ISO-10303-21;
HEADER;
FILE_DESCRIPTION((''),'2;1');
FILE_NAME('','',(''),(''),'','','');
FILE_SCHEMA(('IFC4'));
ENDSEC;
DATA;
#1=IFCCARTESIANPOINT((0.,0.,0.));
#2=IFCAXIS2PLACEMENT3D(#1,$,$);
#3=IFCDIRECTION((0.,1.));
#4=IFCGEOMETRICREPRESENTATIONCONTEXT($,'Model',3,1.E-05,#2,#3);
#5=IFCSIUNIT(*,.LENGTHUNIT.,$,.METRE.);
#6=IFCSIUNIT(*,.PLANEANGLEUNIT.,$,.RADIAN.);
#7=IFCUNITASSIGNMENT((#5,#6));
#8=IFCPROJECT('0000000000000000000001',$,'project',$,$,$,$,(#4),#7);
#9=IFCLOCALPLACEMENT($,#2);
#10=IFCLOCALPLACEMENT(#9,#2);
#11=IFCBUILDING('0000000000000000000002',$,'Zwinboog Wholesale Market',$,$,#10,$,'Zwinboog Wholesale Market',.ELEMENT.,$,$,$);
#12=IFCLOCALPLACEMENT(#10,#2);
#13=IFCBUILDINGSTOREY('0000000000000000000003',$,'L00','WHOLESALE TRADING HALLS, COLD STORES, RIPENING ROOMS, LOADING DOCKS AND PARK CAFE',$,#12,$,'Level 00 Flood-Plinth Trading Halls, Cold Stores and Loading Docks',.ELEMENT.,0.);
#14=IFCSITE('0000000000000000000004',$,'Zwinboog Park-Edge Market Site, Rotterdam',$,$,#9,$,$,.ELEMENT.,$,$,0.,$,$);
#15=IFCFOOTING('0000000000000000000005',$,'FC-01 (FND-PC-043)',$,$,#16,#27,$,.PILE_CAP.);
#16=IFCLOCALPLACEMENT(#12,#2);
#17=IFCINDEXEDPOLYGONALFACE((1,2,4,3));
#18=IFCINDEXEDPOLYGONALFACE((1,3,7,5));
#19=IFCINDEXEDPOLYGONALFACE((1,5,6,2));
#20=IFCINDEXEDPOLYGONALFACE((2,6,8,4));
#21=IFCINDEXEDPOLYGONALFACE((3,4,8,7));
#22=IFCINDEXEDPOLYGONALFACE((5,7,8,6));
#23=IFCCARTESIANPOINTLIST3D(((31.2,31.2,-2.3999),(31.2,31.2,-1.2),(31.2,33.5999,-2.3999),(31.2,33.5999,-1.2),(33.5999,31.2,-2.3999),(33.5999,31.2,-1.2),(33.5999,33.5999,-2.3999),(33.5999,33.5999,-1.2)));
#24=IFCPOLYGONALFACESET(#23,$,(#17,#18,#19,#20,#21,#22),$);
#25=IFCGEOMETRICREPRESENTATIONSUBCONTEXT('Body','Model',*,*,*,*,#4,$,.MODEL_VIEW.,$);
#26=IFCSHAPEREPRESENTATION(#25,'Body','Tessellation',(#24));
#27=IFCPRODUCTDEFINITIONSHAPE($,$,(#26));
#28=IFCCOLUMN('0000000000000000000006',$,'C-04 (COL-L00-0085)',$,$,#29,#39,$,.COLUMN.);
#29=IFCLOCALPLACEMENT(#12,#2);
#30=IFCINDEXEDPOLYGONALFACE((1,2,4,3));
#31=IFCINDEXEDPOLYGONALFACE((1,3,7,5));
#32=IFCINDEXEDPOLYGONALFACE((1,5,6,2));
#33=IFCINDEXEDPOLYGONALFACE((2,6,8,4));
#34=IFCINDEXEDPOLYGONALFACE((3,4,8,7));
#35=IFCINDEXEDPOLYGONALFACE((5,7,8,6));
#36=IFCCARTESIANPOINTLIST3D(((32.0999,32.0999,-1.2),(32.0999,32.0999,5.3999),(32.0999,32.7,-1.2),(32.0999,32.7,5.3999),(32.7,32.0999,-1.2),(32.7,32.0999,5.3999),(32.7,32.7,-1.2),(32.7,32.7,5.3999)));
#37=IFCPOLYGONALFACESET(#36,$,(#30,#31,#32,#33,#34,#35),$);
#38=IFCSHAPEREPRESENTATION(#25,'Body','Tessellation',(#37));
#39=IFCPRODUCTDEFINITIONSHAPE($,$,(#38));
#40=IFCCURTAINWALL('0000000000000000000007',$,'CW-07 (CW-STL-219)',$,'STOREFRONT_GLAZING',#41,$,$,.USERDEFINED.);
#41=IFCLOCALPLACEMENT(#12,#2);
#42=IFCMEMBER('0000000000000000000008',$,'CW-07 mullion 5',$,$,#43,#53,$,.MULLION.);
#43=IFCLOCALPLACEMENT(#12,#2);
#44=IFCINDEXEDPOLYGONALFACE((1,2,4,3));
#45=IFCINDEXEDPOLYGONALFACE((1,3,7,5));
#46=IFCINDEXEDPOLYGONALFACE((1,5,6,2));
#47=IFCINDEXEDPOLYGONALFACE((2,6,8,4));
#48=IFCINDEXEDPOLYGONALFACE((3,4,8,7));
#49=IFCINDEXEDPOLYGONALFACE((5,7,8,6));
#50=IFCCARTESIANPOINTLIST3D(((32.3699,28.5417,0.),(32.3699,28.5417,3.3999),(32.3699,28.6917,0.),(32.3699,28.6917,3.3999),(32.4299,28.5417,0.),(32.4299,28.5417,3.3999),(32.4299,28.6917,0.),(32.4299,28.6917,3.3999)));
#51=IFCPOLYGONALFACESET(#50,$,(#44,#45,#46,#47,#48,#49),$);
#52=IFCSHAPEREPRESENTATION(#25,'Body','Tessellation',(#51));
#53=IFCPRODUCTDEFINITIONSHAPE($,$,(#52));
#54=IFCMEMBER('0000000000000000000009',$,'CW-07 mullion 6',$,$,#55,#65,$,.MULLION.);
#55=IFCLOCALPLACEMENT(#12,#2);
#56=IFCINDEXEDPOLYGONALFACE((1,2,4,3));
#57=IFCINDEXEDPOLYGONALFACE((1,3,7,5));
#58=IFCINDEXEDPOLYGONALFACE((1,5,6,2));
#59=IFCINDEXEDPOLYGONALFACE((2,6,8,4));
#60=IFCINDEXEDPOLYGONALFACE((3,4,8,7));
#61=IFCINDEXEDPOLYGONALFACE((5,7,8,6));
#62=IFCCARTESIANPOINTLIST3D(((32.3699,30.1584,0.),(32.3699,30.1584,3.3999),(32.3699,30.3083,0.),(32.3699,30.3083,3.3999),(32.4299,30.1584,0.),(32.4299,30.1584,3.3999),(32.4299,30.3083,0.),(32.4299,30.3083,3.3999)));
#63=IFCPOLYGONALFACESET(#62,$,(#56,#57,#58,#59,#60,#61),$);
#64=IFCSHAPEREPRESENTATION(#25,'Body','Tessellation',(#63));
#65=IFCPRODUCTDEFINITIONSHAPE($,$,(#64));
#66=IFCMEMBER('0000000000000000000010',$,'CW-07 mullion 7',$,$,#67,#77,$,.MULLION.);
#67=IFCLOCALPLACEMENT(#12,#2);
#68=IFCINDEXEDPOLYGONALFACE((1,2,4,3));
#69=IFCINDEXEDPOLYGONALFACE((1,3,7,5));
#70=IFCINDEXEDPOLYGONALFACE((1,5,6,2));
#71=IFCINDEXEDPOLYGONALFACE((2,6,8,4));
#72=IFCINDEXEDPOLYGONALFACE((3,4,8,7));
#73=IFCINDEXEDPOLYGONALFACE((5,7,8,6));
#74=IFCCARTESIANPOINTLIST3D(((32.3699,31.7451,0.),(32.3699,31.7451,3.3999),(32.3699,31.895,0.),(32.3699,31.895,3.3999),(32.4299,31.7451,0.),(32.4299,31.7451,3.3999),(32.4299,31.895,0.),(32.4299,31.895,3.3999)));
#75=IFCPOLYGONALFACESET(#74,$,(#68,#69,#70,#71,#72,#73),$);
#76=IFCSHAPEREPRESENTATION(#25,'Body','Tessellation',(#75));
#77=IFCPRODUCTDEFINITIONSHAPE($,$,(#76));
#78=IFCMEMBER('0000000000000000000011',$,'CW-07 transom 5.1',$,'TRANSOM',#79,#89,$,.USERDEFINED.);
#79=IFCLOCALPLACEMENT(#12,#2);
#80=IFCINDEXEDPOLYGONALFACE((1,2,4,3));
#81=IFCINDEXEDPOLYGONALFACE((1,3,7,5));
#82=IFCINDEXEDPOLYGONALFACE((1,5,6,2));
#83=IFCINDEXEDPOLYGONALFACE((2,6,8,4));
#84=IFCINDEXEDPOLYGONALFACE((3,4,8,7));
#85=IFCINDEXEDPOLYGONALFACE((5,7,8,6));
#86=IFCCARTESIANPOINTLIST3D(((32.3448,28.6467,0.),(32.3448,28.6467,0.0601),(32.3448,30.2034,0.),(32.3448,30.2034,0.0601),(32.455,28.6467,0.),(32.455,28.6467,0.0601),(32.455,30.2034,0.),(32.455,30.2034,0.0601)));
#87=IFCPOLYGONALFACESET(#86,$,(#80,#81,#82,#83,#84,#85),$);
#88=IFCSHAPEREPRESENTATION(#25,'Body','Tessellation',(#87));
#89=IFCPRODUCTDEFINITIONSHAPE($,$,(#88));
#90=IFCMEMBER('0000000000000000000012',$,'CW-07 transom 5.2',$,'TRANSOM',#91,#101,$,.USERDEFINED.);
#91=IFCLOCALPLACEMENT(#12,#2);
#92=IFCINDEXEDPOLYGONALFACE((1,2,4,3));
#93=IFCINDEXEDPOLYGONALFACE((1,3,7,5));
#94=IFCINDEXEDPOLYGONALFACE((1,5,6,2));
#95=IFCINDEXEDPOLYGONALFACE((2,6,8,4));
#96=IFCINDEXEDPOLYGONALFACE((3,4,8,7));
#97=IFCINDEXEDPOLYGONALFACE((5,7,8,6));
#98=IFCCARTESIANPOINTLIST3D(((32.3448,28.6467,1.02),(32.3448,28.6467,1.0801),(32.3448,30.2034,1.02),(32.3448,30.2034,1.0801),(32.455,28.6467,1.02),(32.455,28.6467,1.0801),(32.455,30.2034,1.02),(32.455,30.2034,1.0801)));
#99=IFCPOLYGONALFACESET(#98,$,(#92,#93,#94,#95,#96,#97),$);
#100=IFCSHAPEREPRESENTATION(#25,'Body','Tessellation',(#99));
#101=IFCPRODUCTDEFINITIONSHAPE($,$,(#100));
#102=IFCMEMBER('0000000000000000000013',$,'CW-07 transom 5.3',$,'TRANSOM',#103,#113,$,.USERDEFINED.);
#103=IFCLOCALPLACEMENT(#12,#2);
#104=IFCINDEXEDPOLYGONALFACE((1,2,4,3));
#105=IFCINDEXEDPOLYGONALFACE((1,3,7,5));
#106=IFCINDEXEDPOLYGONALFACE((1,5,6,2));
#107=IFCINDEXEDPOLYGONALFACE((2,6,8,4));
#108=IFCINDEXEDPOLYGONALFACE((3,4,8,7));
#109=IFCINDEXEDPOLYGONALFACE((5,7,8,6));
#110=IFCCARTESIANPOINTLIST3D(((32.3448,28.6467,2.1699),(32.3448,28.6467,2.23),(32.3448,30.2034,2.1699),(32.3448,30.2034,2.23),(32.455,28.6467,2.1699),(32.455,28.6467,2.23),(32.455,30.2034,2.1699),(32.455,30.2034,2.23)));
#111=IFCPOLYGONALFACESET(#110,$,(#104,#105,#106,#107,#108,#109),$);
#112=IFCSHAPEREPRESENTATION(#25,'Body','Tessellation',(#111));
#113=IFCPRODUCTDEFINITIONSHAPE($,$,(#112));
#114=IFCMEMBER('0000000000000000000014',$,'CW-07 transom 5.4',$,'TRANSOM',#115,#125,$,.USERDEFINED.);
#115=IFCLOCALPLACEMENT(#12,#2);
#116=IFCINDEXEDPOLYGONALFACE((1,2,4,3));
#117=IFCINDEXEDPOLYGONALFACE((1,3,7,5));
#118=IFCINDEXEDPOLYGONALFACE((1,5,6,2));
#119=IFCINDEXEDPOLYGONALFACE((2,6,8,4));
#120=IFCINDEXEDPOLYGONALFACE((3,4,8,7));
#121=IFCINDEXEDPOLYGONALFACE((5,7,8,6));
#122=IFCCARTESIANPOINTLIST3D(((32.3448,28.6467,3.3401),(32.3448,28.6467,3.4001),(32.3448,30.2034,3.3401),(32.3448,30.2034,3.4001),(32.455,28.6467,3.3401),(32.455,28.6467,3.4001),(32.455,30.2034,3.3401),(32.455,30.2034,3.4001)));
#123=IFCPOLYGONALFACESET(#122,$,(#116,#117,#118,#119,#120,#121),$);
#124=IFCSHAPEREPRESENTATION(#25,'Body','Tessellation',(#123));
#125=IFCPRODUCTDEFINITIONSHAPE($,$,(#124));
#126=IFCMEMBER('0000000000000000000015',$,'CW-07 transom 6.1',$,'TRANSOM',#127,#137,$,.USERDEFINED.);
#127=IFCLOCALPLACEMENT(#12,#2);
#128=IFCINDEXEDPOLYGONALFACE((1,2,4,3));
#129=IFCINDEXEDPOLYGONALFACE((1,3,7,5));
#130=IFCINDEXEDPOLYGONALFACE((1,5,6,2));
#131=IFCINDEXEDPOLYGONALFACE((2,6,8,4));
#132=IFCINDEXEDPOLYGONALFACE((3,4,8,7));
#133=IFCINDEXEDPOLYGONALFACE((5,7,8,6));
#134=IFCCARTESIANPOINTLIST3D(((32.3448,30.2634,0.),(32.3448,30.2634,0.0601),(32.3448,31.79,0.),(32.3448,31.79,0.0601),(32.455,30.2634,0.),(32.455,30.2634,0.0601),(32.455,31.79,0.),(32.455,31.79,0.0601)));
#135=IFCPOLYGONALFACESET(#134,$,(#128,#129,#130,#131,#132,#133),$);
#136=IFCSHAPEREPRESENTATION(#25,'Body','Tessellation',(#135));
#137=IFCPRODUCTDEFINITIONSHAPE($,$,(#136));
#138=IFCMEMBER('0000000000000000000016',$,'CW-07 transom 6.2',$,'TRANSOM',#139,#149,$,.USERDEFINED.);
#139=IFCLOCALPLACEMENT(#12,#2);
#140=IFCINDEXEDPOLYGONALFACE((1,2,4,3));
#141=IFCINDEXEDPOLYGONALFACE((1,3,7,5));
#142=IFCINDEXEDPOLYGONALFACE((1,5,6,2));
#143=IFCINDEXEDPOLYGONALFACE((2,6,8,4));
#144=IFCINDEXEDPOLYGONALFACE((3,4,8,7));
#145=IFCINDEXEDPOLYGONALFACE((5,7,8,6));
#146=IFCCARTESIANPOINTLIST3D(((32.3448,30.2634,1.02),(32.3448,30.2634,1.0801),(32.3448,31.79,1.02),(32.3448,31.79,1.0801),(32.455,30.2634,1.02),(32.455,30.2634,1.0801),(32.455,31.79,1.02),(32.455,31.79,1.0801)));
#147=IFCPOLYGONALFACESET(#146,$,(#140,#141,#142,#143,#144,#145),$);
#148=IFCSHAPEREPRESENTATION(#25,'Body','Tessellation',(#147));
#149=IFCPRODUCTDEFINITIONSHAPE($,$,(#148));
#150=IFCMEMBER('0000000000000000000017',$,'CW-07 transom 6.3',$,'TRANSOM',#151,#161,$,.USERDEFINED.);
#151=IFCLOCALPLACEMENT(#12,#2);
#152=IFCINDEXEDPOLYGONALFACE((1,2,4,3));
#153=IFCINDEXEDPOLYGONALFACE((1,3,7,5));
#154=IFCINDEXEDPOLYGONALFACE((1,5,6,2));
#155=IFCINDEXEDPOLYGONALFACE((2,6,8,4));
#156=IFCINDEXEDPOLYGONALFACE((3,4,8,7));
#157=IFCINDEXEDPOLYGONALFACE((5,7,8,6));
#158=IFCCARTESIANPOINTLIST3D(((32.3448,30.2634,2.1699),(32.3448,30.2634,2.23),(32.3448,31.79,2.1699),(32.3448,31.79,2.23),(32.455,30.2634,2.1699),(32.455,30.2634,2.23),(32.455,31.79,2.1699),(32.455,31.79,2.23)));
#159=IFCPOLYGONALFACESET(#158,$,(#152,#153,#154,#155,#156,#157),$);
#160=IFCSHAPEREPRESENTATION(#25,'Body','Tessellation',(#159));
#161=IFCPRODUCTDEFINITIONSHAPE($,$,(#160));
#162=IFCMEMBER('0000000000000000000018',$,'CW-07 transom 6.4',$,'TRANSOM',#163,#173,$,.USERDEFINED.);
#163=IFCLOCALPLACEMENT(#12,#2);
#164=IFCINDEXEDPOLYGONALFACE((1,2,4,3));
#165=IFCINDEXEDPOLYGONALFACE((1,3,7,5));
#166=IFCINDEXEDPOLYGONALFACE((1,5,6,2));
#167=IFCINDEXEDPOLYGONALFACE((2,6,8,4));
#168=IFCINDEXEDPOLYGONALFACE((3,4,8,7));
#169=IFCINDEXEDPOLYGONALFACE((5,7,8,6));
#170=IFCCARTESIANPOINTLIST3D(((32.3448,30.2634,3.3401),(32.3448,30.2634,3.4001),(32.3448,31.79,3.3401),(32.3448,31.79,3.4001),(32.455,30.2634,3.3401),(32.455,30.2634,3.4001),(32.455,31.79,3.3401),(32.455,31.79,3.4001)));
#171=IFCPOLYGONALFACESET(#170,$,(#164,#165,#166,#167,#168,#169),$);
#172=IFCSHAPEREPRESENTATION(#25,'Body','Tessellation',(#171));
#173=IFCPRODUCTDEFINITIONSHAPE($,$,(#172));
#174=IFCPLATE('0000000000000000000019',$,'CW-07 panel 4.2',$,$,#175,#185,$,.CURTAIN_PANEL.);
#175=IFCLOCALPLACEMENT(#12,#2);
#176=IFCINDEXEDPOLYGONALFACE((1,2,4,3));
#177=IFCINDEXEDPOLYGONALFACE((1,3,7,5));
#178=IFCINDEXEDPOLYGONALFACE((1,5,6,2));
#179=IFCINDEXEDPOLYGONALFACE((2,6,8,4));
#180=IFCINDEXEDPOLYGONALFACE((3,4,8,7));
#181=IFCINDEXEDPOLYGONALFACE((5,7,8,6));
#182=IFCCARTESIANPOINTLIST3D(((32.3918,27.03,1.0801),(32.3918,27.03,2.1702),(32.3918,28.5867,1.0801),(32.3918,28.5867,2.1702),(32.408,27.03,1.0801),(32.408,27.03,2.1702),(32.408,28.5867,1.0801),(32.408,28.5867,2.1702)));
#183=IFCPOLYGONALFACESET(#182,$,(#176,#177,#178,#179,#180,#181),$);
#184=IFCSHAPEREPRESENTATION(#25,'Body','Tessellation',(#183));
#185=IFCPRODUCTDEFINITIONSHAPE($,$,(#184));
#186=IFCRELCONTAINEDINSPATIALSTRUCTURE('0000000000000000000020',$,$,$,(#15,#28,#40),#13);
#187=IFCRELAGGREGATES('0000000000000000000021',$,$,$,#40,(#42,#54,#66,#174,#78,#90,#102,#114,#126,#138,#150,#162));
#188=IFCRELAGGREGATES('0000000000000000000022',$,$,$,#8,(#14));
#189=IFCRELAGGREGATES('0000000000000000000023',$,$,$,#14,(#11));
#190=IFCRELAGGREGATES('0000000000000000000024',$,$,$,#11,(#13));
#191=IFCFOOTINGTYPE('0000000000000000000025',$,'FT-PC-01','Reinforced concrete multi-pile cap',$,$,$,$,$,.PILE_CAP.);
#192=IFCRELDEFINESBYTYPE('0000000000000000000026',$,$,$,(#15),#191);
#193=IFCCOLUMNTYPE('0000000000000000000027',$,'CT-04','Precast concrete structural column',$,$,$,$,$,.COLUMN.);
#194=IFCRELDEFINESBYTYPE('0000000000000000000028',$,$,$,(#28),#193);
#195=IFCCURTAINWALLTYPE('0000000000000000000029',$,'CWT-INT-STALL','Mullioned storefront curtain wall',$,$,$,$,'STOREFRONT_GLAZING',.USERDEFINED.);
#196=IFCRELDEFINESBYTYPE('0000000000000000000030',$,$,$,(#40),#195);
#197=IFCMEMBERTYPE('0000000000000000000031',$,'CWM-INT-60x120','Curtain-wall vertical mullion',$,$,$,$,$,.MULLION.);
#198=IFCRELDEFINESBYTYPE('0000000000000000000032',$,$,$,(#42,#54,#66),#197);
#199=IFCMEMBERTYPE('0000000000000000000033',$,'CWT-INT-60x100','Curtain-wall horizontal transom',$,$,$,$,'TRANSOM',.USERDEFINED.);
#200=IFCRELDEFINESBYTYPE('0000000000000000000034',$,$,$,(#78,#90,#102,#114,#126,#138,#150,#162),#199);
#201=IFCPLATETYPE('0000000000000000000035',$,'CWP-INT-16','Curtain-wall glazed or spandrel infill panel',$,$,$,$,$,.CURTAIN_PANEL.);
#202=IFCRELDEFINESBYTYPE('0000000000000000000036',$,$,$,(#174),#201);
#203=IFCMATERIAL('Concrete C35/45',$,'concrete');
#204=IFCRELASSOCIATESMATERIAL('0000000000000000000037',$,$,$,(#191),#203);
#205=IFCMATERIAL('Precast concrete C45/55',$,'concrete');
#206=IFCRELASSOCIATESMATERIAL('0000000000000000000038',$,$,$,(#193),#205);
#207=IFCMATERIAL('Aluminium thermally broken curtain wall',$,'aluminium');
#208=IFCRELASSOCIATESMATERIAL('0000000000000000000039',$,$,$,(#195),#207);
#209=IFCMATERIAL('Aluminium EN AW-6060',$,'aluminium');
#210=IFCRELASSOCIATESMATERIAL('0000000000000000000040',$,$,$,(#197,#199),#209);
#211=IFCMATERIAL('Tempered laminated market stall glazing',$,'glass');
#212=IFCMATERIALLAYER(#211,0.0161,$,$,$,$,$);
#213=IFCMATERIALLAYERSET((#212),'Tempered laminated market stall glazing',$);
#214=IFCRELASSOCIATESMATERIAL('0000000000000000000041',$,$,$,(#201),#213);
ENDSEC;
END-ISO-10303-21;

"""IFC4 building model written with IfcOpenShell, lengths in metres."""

from ifc_helpers import new_model, si_unit, direction, frame, origin, origin_2d, place, context, subcontext, project, spatial, rectangle, extrude, material, layer, layer_set, material_profile, profile_set, type_object, element, aggregate, save


model = new_model("IFC4")

# Units and contexts
model_context = context("Model", 3, precision=1e-05, world=origin(), true_north=direction((0.0, 1.0)))
body_context = subcontext(model_context, "Body", "Model", "MODEL_VIEW")
ifc_project = project(units=[si_unit("LENGTHUNIT", "METRE"), si_unit("PLANEANGLEUNIT", "RADIAN")], contexts=[model_context])

# Site, building, storey
site_placement = place(None, origin())
site = spatial("IfcSite", under=ifc_project, at=site_placement, Name="Zwinboog Park-Edge Market Site, Rotterdam", CompositionType="ELEMENT", RefElevation=0.0)
building_placement = place(site_placement, origin())
building = spatial("IfcBuilding", under=site, at=building_placement, Name="Zwinboog Wholesale Market", LongName="Zwinboog Wholesale Market", CompositionType="ELEMENT")
storey_placement = place(building_placement, origin())
storey = spatial("IfcBuildingStorey", under=building, at=storey_placement, Name="L00", Description="WHOLESALE TRADING HALLS, COLD STORES, RIPENING ROOMS, LOADING DOCKS AND PARK CAFE", LongName="Level 00 Flood-Plinth Trading Halls, Cold Stores and Loading Docks", CompositionType="ELEMENT", Elevation=0.0)

# Footing
ifc_material_1 = material(Name="Concrete C35/45", Category="concrete")
footing_type = type_object("IfcFootingType", Name="FT-PC-01", Description="Reinforced concrete multi-pile cap", PredefinedType="PILE_CAP", material=ifc_material_1)
footing_placement = place(storey_placement, frame((32.3999, 32.3999, -2.3999), z_axis=(0.0, 0.0, 1.0), x_axis=(1.0, 0.0, 0.0)))
element("IfcFooting", 1, at=footing_placement, inside=storey, type_object=footing_type, Name="FC-01 (FND-PC-043)", PredefinedType="PILE_CAP", context=body_context, shape_type="SweptSolid", body=[
    extrude(rectangle(XDim=2.3999, YDim=2.3999, at=origin_2d()), origin(), (0.0, 0.0, 1.0), 1.2),
])

# Column
ifc_material_2 = material(Name="Precast concrete C45/55", Category="concrete")
ifc_material_profile_1 = material_profile(ifc_material_2, rectangle(XDim=0.6001, YDim=0.6001, at=origin_2d()), Name="PC 600x600")
ifc_profile_set_1 = profile_set([ifc_material_profile_1], Name="Precast concrete C45/55")
column_type = type_object("IfcColumnType", Name="CT-04", Description="Precast concrete structural column", PredefinedType="COLUMN", material=ifc_profile_set_1)
column_placement = place(storey_placement, frame((32.3999, 32.3999, -1.2), z_axis=(0.0, 0.0, 1.0), x_axis=(1.0, 0.0, 0.0)))
element("IfcColumn", 2, at=column_placement, inside=storey, type_object=column_type, Name="C-04 (COL-L00-0085)", PredefinedType="COLUMN", context=body_context, shape_type="SweptSolid", body=[
    extrude(rectangle(XDim=0.6001, YDim=0.6001, at=origin_2d()), origin(), (0.0, 0.0, 1.0), 6.5999),
])

# Curtain wall, members, plate
ifc_material_3 = material(Name="Aluminium thermally broken curtain wall", Category="aluminium")
curtain_wall_type = type_object("IfcCurtainWallType", Name="CWT-INT-STALL", Description="Mullioned storefront curtain wall", ElementType="STOREFRONT_GLAZING", PredefinedType="USERDEFINED", material=ifc_material_3)
curtain_wall_placement = place(storey_placement, origin())
curtain_wall = element("IfcCurtainWall", 3, at=curtain_wall_placement, inside=storey, type_object=curtain_wall_type, Name="CW-07 (CW-STL-219)", ObjectType="STOREFRONT_GLAZING", PredefinedType="USERDEFINED")
ifc_material_4 = material(Name="Aluminium EN AW-6060", Category="aluminium")
ifc_material_profile_2 = material_profile(ifc_material_4, rectangle(XDim=0.0601, YDim=0.1499, at=origin_2d()), Name="AL 60x150")
ifc_profile_set_2 = profile_set([ifc_material_profile_2], Name="Aluminium EN AW-6060")
member_type_1 = type_object("IfcMemberType", Name="CWM-INT-60x120", Description="Curtain-wall vertical mullion", PredefinedType="MULLION", material=ifc_profile_set_2)
member_1_placement = place(storey_placement, frame((32.3999, 28.6167, 0.0), z_axis=(0.0, 0.0, 1.0), x_axis=(-1.0, 0.0, 0.0)))
member_1 = element("IfcMember", 4, at=member_1_placement, type_object=member_type_1, Name="CW-07 mullion 5", PredefinedType="MULLION", context=body_context, shape_type="SweptSolid", body=[
    extrude(rectangle(XDim=0.0601, YDim=0.1499, at=origin_2d()), origin(), (0.0, 0.0, 1.0), 3.3999),
])
member_2_placement = place(storey_placement, frame((32.3999, 30.2334, 0.0), z_axis=(0.0, 0.0, 1.0), x_axis=(-1.0, 0.0, 0.0)))
member_2 = element("IfcMember", 5, at=member_2_placement, type_object=member_type_1, Name="CW-07 mullion 6", PredefinedType="MULLION", context=body_context, shape_type="SweptSolid", body=[
    extrude(rectangle(XDim=0.0601, YDim=0.1499, at=origin_2d()), origin(), (0.0, 0.0, 1.0), 3.3999),
])
member_3_placement = place(storey_placement, frame((32.3999, 31.8201, 0.0), z_axis=(0.0, 0.0, 1.0), x_axis=(-1.0, 0.0, 0.0)))
member_3 = element("IfcMember", 6, at=member_3_placement, type_object=member_type_1, Name="CW-07 mullion 7", PredefinedType="MULLION", context=body_context, shape_type="SweptSolid", body=[
    extrude(rectangle(XDim=0.0601, YDim=0.1499, at=origin_2d()), origin(), (0.0, 0.0, 1.0), 3.3999),
])
ifc_material_profile_3 = material_profile(ifc_material_4, rectangle(XDim=0.1101, YDim=0.0601, at=origin_2d()), Name="AL 60x110")
ifc_profile_set_3 = profile_set([ifc_material_profile_3], Name="Aluminium EN AW-6060")
member_type_2 = type_object("IfcMemberType", Name="CWT-INT-60x100", Description="Curtain-wall horizontal transom", ElementType="TRANSOM", PredefinedType="USERDEFINED", material=ifc_profile_set_3)
member_4_placement = place(storey_placement, frame((32.3999, 28.6467, 0.03), z_axis=(0.0, 1.0, 0.0), x_axis=(-1.0, 0.0, 0.0)))
member_4 = element("IfcMember", 7, at=member_4_placement, type_object=member_type_2, Name="CW-07 transom 5.1", ObjectType="TRANSOM", PredefinedType="USERDEFINED", context=body_context, shape_type="SweptSolid", body=[
    extrude(rectangle(XDim=0.1101, YDim=0.0601, at=origin_2d()), origin(), (0.0, 0.0, 1.0), 1.5566),
])
member_5_placement = place(storey_placement, frame((32.3999, 28.6467, 1.05), z_axis=(0.0, 1.0, 0.0), x_axis=(-1.0, 0.0, 0.0)))
member_5 = element("IfcMember", 8, at=member_5_placement, type_object=member_type_2, Name="CW-07 transom 5.2", ObjectType="TRANSOM", PredefinedType="USERDEFINED", context=body_context, shape_type="SweptSolid", body=[
    extrude(rectangle(XDim=0.1101, YDim=0.0601, at=origin_2d()), origin(), (0.0, 0.0, 1.0), 1.5566),
])
member_6_placement = place(storey_placement, frame((32.3999, 28.6467, 2.2), z_axis=(0.0, 1.0, 0.0), x_axis=(-1.0, 0.0, 0.0)))
member_6 = element("IfcMember", 9, at=member_6_placement, type_object=member_type_2, Name="CW-07 transom 5.3", ObjectType="TRANSOM", PredefinedType="USERDEFINED", context=body_context, shape_type="SweptSolid", body=[
    extrude(rectangle(XDim=0.1101, YDim=0.0601, at=origin_2d()), origin(), (0.0, 0.0, 1.0), 1.5566),
])
member_7_placement = place(storey_placement, frame((32.3999, 28.6467, 3.3701), z_axis=(0.0, 1.0, 0.0), x_axis=(-1.0, 0.0, 0.0)))
member_7 = element("IfcMember", 10, at=member_7_placement, type_object=member_type_2, Name="CW-07 transom 5.4", ObjectType="TRANSOM", PredefinedType="USERDEFINED", context=body_context, shape_type="SweptSolid", body=[
    extrude(rectangle(XDim=0.1101, YDim=0.0601, at=origin_2d()), origin(), (0.0, 0.0, 1.0), 1.5566),
])
member_8_placement = place(storey_placement, frame((32.3999, 30.2634, 0.03), z_axis=(0.0, 1.0, 0.0), x_axis=(-1.0, 0.0, 0.0)))
member_8 = element("IfcMember", 11, at=member_8_placement, type_object=member_type_2, Name="CW-07 transom 6.1", ObjectType="TRANSOM", PredefinedType="USERDEFINED", context=body_context, shape_type="SweptSolid", body=[
    extrude(rectangle(XDim=0.1101, YDim=0.0601, at=origin_2d()), origin(), (0.0, 0.0, 1.0), 1.5266),
])
member_9_placement = place(storey_placement, frame((32.3999, 30.2634, 1.05), z_axis=(0.0, 1.0, 0.0), x_axis=(-1.0, 0.0, 0.0)))
member_9 = element("IfcMember", 12, at=member_9_placement, type_object=member_type_2, Name="CW-07 transom 6.2", ObjectType="TRANSOM", PredefinedType="USERDEFINED", context=body_context, shape_type="SweptSolid", body=[
    extrude(rectangle(XDim=0.1101, YDim=0.0601, at=origin_2d()), origin(), (0.0, 0.0, 1.0), 1.5266),
])
member_10_placement = place(storey_placement, frame((32.3999, 30.2634, 2.2), z_axis=(0.0, 1.0, 0.0), x_axis=(-1.0, 0.0, 0.0)))
member_10 = element("IfcMember", 13, at=member_10_placement, type_object=member_type_2, Name="CW-07 transom 6.3", ObjectType="TRANSOM", PredefinedType="USERDEFINED", context=body_context, shape_type="SweptSolid", body=[
    extrude(rectangle(XDim=0.1101, YDim=0.0601, at=origin_2d()), origin(), (0.0, 0.0, 1.0), 1.5266),
])
member_11_placement = place(storey_placement, frame((32.3999, 30.2634, 3.3701), z_axis=(0.0, 1.0, 0.0), x_axis=(-1.0, 0.0, 0.0)))
member_11 = element("IfcMember", 14, at=member_11_placement, type_object=member_type_2, Name="CW-07 transom 6.4", ObjectType="TRANSOM", PredefinedType="USERDEFINED", context=body_context, shape_type="SweptSolid", body=[
    extrude(rectangle(XDim=0.1101, YDim=0.0601, at=origin_2d()), origin(), (0.0, 0.0, 1.0), 1.5266),
])
ifc_material_5 = material(Name="Tempered laminated market stall glazing", Category="glass")
ifc_layer = layer(ifc_material_5, 0.0161)
ifc_layer_set = layer_set([ifc_layer], Name="Tempered laminated market stall glazing")
plate_type = type_object("IfcPlateType", Name="CWP-INT-16", Description="Curtain-wall glazed or spandrel infill panel", PredefinedType="CURTAIN_PANEL", material=ifc_layer_set)
plate_1_placement = place(storey_placement, frame((32.3999, 27.8083, 1.0801), z_axis=(0.0, 0.0, 1.0), x_axis=(0.0, 1.0, 0.0)))
plate_1 = element("IfcPlate", 15, at=plate_1_placement, type_object=plate_type, Name="CW-07 panel 4.2", PredefinedType="CURTAIN_PANEL", context=body_context, shape_type="SweptSolid", body=[
    extrude(rectangle(XDim=1.5566, YDim=0.0161, at=origin_2d()), origin(), (0.0, 0.0, 1.0), 1.0901),
])
aggregate(curtain_wall, [member_1, member_2, member_3, plate_1, member_4, member_5, member_6, member_7, member_8, member_9, member_10, member_11])

save(model, "model.ifc")
